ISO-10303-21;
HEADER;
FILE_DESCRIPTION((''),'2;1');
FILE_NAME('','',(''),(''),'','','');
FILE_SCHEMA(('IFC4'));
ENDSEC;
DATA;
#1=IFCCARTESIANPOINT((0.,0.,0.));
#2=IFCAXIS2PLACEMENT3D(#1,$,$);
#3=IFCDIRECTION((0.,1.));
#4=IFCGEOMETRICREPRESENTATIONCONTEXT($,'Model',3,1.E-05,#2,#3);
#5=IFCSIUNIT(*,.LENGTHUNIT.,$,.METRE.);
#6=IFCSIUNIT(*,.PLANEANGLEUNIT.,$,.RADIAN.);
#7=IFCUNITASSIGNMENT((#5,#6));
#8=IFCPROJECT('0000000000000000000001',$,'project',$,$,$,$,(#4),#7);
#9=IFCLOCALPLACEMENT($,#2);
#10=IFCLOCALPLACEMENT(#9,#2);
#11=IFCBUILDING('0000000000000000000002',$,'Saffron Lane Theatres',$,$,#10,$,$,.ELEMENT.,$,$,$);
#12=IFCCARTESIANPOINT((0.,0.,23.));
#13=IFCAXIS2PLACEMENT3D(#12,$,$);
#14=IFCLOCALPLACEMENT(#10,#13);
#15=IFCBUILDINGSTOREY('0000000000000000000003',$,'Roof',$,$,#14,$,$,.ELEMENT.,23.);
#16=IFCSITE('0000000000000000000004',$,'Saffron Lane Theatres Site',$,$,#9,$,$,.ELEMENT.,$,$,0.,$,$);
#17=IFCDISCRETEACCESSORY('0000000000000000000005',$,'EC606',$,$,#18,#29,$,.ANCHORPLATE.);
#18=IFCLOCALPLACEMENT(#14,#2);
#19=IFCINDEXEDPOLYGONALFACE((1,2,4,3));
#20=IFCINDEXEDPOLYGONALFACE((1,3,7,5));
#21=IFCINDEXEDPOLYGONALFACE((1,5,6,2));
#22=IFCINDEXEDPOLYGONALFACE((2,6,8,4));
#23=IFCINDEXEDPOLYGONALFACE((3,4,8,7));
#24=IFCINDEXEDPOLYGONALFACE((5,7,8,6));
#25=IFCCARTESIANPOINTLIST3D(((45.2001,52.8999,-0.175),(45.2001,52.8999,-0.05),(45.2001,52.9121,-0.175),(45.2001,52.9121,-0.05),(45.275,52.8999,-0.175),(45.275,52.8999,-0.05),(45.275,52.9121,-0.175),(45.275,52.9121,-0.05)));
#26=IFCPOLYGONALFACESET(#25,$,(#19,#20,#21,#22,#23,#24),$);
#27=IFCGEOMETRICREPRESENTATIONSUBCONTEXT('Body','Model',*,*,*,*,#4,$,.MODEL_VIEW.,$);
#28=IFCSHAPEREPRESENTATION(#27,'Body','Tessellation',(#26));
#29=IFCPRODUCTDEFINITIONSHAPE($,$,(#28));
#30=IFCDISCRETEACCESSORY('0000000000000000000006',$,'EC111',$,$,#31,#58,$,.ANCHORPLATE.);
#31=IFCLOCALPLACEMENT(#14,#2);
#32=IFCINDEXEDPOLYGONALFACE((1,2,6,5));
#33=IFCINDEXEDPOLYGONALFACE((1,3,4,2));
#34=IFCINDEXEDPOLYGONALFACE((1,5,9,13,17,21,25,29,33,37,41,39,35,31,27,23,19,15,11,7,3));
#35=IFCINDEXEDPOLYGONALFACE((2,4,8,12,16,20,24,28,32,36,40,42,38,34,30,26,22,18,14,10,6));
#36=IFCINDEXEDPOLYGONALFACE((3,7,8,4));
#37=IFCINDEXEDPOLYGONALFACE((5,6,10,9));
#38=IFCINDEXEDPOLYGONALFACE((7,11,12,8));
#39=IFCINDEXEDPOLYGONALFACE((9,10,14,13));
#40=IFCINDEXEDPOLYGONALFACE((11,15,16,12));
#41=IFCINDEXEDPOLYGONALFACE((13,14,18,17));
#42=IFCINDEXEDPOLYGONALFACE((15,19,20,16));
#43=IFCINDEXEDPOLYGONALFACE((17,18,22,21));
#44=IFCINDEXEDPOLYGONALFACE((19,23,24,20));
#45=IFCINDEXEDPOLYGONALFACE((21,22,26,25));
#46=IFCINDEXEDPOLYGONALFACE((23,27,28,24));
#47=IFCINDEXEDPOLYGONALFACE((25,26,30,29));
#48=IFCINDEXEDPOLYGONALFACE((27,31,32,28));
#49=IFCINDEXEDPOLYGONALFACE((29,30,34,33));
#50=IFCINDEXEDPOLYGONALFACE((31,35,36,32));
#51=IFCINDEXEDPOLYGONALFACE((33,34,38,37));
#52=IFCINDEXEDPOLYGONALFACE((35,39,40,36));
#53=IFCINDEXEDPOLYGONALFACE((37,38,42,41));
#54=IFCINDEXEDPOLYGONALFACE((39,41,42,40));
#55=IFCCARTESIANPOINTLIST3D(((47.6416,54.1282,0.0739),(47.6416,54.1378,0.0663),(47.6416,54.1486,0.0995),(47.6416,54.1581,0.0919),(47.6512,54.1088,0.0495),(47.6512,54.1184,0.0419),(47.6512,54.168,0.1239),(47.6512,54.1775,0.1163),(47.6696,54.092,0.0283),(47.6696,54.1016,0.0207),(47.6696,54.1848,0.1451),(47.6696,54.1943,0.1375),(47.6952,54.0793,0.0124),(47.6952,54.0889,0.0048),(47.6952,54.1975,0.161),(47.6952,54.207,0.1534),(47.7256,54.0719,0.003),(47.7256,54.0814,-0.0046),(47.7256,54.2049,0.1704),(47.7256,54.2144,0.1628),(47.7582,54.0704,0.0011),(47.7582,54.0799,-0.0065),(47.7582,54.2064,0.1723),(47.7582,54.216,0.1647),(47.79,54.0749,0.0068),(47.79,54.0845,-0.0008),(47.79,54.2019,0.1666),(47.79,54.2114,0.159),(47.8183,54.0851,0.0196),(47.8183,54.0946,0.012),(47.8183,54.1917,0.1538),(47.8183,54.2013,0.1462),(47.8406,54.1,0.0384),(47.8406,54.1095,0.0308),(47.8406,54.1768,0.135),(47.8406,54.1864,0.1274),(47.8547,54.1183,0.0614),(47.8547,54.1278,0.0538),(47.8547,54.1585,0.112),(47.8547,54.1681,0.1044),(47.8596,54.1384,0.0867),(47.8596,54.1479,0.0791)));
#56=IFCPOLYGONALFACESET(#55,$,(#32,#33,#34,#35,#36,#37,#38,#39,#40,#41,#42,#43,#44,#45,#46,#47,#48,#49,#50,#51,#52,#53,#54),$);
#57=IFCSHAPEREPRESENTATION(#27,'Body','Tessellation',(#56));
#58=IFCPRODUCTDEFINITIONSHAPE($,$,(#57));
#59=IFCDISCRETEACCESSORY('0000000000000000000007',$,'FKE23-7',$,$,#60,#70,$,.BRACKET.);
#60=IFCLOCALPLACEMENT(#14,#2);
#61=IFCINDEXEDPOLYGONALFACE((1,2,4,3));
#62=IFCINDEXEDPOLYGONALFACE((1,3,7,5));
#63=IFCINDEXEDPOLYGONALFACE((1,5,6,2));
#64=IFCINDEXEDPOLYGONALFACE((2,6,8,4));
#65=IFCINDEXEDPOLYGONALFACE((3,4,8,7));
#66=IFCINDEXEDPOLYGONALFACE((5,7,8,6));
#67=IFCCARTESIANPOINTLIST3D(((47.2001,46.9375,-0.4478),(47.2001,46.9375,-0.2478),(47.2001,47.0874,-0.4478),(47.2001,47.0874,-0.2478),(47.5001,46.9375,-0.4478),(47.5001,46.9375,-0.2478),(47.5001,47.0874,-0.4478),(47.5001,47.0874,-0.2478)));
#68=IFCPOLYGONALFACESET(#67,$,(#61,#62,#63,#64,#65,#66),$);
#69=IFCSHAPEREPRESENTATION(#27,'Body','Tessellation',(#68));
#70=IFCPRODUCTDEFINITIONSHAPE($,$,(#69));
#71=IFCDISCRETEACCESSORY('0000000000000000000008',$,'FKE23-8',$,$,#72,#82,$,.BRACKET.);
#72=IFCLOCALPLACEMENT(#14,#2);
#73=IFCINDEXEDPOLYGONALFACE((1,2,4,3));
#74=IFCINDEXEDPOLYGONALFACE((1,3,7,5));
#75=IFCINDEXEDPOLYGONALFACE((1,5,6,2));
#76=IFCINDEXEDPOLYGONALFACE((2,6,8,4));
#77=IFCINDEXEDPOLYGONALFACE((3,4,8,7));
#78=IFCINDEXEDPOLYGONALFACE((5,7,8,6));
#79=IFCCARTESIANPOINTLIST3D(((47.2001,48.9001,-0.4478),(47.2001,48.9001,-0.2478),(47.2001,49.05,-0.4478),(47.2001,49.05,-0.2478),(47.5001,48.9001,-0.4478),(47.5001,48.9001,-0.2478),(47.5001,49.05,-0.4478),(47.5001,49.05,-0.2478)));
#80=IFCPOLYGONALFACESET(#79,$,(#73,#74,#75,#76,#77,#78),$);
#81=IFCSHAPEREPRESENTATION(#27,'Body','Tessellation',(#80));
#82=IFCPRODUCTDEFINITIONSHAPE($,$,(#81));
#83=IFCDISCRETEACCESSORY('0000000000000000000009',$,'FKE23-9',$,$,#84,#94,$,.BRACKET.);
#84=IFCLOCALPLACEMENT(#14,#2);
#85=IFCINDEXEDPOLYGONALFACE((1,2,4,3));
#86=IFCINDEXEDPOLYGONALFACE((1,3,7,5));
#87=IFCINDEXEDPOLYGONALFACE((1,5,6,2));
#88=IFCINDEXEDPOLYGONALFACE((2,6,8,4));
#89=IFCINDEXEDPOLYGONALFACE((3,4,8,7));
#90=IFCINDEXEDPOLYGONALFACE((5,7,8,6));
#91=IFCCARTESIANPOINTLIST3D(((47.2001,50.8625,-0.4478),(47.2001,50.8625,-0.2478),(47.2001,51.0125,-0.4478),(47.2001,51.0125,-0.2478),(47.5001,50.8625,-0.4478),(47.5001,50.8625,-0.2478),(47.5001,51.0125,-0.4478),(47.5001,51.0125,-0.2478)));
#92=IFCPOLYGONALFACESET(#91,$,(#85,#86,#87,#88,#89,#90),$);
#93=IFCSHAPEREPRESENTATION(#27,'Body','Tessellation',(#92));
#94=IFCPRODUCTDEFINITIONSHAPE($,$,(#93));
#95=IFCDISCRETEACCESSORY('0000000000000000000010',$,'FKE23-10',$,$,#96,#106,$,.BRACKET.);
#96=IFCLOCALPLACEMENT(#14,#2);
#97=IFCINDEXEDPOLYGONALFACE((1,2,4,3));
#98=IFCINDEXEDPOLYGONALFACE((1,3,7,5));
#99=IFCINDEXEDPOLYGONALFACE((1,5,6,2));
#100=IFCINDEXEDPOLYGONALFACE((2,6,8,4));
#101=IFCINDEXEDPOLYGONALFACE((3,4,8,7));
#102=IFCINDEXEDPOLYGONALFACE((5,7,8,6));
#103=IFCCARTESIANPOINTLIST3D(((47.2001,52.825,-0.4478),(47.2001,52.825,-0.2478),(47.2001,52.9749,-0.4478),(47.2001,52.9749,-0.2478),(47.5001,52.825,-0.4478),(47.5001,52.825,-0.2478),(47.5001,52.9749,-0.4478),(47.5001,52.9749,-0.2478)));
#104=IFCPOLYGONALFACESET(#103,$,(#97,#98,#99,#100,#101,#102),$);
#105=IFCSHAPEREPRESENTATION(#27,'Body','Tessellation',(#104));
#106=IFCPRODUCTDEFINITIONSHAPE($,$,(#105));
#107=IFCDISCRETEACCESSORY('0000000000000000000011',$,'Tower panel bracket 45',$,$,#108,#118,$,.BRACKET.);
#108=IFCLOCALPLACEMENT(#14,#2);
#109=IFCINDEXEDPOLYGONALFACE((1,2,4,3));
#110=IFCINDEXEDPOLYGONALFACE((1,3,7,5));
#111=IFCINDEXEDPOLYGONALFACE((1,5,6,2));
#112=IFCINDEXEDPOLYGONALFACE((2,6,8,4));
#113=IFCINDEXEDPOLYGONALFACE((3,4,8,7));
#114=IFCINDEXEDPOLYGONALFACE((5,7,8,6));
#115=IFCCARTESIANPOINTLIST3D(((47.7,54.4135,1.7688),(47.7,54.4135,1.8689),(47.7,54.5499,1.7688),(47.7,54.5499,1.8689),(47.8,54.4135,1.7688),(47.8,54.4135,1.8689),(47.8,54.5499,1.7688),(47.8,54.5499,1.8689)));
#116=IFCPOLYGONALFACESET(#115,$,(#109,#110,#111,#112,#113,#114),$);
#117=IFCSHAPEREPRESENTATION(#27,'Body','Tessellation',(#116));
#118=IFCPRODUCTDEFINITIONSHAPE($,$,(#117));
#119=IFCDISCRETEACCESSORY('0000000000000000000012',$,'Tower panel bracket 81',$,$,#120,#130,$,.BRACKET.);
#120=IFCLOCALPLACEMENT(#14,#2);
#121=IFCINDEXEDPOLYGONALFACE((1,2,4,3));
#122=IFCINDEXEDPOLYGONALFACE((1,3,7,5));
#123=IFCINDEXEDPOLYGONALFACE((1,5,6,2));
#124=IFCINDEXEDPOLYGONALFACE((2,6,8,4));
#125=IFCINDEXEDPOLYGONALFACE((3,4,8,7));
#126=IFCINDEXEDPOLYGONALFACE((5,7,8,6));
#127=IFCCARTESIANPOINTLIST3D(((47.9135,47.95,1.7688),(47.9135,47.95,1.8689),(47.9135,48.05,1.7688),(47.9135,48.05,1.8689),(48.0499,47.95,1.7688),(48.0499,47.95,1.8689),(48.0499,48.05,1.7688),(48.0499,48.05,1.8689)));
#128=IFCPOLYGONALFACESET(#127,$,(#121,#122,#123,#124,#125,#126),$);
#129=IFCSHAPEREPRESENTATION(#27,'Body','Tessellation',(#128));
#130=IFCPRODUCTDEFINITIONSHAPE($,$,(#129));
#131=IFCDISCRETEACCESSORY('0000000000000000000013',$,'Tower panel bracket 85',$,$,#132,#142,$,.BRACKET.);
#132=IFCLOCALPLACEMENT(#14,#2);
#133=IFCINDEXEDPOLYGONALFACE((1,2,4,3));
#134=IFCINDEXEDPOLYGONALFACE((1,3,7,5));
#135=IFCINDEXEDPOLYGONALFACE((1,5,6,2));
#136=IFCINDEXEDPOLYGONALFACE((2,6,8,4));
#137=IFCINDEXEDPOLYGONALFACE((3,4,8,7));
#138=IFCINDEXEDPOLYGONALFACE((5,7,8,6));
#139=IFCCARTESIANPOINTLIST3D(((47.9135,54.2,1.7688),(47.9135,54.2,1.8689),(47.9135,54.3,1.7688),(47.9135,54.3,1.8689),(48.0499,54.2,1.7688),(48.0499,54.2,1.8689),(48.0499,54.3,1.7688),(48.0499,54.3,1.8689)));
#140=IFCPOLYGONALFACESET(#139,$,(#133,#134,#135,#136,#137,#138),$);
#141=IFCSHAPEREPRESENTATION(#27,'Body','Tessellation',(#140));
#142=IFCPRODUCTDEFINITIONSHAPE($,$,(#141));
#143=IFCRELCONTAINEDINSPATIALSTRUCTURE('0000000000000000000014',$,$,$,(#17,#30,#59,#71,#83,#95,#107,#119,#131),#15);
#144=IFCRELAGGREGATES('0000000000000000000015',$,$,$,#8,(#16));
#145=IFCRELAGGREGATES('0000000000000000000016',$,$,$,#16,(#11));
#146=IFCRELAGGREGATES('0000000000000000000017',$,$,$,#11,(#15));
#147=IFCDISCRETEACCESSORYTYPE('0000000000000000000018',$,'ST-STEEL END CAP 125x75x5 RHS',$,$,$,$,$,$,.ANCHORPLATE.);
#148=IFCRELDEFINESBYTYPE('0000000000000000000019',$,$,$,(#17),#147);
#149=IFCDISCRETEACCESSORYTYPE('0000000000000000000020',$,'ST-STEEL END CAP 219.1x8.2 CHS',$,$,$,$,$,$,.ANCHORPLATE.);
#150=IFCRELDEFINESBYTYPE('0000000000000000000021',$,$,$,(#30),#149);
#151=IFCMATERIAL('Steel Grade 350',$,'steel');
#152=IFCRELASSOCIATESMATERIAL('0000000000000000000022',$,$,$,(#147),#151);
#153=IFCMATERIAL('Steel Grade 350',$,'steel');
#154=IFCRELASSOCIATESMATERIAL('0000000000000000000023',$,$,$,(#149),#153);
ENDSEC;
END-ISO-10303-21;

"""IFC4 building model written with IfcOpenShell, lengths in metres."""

from ifc_helpers import new_model, si_unit, direction, frame, origin, origin_2d, place, context, subcontext, project, spatial, rectangle, circle, extrude, material, material_profile, profile_set, type_object, element, save


model = new_model("IFC4")

# Units and contexts
model_context = context("Model", 3, precision=1e-05, world=origin(), true_north=direction((0.0, 1.0)))
body_context = subcontext(model_context, "Body", "Model", "MODEL_VIEW")
ifc_project = project(units=[si_unit("LENGTHUNIT", "METRE"), si_unit("PLANEANGLEUNIT", "RADIAN")], contexts=[model_context])

# Site, building, storey
site_placement = place(None, origin())
site = spatial("IfcSite", under=ifc_project, at=site_placement, Name="Saffron Lane Theatres Site", CompositionType="ELEMENT", RefElevation=0.0)
building_placement = place(site_placement, origin())
building = spatial("IfcBuilding", under=site, at=building_placement, Name="Saffron Lane Theatres", CompositionType="ELEMENT")
storey_placement = place(building_placement, frame((0.0, 0.0, 23.0)))
storey = spatial("IfcBuildingStorey", under=building, at=storey_placement, Name="Roof", CompositionType="ELEMENT", Elevation=23.0)

# Discrete accessories
ifc_material_1 = material(Name="Steel Grade 350", Category="steel")
ifc_material_profile_1 = material_profile(ifc_material_1, rectangle(XDim=0.075, YDim=0.125, at=origin_2d()))
ifc_profile_set_1 = profile_set([ifc_material_profile_1], Name="Steel Grade 350")
discrete_accessory_type_1 = type_object("IfcDiscreteAccessoryType", Name="ST-STEEL END CAP 125x75x5 RHS", PredefinedType="ANCHORPLATE", material=ifc_profile_set_1)
discrete_accessory_1_placement = place(storey_placement, frame((45.2375, 52.8999, -0.1125), z_axis=(0.0, 1.0, 0.0), x_axis=(-1.0, 0.0, 0.0)))
element("IfcDiscreteAccessory", 1, at=discrete_accessory_1_placement, inside=storey, type_object=discrete_accessory_type_1, Name="EC606", PredefinedType="ANCHORPLATE", context=body_context, shape_type="SweptSolid", body=[
    extrude(rectangle(XDim=0.075, YDim=0.125, at=origin_2d()), origin(), (0.0, 0.0, 1.0), 0.0122),
])
ifc_material_2 = material(Name="Steel Grade 350", Category="steel")
ifc_material_profile_2 = material_profile(ifc_material_2, circle(Radius=0.1096, at=origin_2d()))
ifc_profile_set_2 = profile_set([ifc_material_profile_2], Name="Steel Grade 350")
discrete_accessory_type_2 = type_object("IfcDiscreteAccessoryType", Name="ST-STEEL END CAP 219.1x8.2 CHS", PredefinedType="ANCHORPLATE", material=ifc_profile_set_2)
discrete_accessory_2_placement = place(storey_placement, frame((47.75, 54.1479, 0.0791), z_axis=(0.0, -0.782823, 0.622244), x_axis=(1.0, 0.0, 0.0)))
element("IfcDiscreteAccessory", 2, at=discrete_accessory_2_placement, inside=storey, type_object=discrete_accessory_type_2, Name="EC111", PredefinedType="ANCHORPLATE", context=body_context, shape_type="SweptSolid", body=[
    extrude(circle(Radius=0.1096, at=origin_2d()), origin(), (0.0, 0.0, 1.0), 0.0122),
])
for number, where, z_axis, x_axis, name in (
    (3, (47.3501, 47.0125, -0.4478), (0.0, 0.0, 1.0), (1.0, 0.0, 0.0), "FKE23-7"),
    (4, (47.3501, 48.9751, -0.4478), (0.0, 0.0, 1.0), (1.0, 0.0, 0.0), "FKE23-8"),
    (5, (47.3501, 50.9375, -0.4478), (0.0, 0.0, 1.0), (1.0, 0.0, 0.0), "FKE23-9"),
    (6, (47.3501, 52.8999, -0.4478), (0.0, 0.0, 1.0), (1.0, 0.0, 0.0), "FKE23-10"),
):
    element("IfcDiscreteAccessory", number, at=place(storey_placement, frame(where, z_axis=z_axis, x_axis=x_axis)), inside=storey, Name=name, PredefinedType="BRACKET", context=body_context, shape_type="SweptSolid", body=[
        extrude(rectangle(XDim=0.3, YDim=0.1499, at=origin_2d()), origin(), (0.0, 0.0, 1.0), 0.2),
    ])
for number, where, z_axis, x_axis, name in (
    (7, (47.75, 54.4817, 1.7688), (0.0, 0.0, 1.0), (1.0, 0.0, 0.0), "Tower panel bracket 45"),
    (8, (47.9817, 48.0, 1.7688), (0.0, 0.0, 1.0), (0.0, 1.0, 0.0), "Tower panel bracket 81"),
    (9, (47.9817, 54.25, 1.7688), (0.0, 0.0, 1.0), (0.0, 1.0, 0.0), "Tower panel bracket 85"),
):
    element("IfcDiscreteAccessory", number, at=place(storey_placement, frame(where, z_axis=z_axis, x_axis=x_axis)), inside=storey, Name=name, PredefinedType="BRACKET", context=body_context, shape_type="SweptSolid", body=[
        extrude(rectangle(XDim=0.1001, YDim=0.1365, at=origin_2d()), origin(), (0.0, 0.0, 1.0), 0.1001),
    ])

save(model, "model.ifc")
